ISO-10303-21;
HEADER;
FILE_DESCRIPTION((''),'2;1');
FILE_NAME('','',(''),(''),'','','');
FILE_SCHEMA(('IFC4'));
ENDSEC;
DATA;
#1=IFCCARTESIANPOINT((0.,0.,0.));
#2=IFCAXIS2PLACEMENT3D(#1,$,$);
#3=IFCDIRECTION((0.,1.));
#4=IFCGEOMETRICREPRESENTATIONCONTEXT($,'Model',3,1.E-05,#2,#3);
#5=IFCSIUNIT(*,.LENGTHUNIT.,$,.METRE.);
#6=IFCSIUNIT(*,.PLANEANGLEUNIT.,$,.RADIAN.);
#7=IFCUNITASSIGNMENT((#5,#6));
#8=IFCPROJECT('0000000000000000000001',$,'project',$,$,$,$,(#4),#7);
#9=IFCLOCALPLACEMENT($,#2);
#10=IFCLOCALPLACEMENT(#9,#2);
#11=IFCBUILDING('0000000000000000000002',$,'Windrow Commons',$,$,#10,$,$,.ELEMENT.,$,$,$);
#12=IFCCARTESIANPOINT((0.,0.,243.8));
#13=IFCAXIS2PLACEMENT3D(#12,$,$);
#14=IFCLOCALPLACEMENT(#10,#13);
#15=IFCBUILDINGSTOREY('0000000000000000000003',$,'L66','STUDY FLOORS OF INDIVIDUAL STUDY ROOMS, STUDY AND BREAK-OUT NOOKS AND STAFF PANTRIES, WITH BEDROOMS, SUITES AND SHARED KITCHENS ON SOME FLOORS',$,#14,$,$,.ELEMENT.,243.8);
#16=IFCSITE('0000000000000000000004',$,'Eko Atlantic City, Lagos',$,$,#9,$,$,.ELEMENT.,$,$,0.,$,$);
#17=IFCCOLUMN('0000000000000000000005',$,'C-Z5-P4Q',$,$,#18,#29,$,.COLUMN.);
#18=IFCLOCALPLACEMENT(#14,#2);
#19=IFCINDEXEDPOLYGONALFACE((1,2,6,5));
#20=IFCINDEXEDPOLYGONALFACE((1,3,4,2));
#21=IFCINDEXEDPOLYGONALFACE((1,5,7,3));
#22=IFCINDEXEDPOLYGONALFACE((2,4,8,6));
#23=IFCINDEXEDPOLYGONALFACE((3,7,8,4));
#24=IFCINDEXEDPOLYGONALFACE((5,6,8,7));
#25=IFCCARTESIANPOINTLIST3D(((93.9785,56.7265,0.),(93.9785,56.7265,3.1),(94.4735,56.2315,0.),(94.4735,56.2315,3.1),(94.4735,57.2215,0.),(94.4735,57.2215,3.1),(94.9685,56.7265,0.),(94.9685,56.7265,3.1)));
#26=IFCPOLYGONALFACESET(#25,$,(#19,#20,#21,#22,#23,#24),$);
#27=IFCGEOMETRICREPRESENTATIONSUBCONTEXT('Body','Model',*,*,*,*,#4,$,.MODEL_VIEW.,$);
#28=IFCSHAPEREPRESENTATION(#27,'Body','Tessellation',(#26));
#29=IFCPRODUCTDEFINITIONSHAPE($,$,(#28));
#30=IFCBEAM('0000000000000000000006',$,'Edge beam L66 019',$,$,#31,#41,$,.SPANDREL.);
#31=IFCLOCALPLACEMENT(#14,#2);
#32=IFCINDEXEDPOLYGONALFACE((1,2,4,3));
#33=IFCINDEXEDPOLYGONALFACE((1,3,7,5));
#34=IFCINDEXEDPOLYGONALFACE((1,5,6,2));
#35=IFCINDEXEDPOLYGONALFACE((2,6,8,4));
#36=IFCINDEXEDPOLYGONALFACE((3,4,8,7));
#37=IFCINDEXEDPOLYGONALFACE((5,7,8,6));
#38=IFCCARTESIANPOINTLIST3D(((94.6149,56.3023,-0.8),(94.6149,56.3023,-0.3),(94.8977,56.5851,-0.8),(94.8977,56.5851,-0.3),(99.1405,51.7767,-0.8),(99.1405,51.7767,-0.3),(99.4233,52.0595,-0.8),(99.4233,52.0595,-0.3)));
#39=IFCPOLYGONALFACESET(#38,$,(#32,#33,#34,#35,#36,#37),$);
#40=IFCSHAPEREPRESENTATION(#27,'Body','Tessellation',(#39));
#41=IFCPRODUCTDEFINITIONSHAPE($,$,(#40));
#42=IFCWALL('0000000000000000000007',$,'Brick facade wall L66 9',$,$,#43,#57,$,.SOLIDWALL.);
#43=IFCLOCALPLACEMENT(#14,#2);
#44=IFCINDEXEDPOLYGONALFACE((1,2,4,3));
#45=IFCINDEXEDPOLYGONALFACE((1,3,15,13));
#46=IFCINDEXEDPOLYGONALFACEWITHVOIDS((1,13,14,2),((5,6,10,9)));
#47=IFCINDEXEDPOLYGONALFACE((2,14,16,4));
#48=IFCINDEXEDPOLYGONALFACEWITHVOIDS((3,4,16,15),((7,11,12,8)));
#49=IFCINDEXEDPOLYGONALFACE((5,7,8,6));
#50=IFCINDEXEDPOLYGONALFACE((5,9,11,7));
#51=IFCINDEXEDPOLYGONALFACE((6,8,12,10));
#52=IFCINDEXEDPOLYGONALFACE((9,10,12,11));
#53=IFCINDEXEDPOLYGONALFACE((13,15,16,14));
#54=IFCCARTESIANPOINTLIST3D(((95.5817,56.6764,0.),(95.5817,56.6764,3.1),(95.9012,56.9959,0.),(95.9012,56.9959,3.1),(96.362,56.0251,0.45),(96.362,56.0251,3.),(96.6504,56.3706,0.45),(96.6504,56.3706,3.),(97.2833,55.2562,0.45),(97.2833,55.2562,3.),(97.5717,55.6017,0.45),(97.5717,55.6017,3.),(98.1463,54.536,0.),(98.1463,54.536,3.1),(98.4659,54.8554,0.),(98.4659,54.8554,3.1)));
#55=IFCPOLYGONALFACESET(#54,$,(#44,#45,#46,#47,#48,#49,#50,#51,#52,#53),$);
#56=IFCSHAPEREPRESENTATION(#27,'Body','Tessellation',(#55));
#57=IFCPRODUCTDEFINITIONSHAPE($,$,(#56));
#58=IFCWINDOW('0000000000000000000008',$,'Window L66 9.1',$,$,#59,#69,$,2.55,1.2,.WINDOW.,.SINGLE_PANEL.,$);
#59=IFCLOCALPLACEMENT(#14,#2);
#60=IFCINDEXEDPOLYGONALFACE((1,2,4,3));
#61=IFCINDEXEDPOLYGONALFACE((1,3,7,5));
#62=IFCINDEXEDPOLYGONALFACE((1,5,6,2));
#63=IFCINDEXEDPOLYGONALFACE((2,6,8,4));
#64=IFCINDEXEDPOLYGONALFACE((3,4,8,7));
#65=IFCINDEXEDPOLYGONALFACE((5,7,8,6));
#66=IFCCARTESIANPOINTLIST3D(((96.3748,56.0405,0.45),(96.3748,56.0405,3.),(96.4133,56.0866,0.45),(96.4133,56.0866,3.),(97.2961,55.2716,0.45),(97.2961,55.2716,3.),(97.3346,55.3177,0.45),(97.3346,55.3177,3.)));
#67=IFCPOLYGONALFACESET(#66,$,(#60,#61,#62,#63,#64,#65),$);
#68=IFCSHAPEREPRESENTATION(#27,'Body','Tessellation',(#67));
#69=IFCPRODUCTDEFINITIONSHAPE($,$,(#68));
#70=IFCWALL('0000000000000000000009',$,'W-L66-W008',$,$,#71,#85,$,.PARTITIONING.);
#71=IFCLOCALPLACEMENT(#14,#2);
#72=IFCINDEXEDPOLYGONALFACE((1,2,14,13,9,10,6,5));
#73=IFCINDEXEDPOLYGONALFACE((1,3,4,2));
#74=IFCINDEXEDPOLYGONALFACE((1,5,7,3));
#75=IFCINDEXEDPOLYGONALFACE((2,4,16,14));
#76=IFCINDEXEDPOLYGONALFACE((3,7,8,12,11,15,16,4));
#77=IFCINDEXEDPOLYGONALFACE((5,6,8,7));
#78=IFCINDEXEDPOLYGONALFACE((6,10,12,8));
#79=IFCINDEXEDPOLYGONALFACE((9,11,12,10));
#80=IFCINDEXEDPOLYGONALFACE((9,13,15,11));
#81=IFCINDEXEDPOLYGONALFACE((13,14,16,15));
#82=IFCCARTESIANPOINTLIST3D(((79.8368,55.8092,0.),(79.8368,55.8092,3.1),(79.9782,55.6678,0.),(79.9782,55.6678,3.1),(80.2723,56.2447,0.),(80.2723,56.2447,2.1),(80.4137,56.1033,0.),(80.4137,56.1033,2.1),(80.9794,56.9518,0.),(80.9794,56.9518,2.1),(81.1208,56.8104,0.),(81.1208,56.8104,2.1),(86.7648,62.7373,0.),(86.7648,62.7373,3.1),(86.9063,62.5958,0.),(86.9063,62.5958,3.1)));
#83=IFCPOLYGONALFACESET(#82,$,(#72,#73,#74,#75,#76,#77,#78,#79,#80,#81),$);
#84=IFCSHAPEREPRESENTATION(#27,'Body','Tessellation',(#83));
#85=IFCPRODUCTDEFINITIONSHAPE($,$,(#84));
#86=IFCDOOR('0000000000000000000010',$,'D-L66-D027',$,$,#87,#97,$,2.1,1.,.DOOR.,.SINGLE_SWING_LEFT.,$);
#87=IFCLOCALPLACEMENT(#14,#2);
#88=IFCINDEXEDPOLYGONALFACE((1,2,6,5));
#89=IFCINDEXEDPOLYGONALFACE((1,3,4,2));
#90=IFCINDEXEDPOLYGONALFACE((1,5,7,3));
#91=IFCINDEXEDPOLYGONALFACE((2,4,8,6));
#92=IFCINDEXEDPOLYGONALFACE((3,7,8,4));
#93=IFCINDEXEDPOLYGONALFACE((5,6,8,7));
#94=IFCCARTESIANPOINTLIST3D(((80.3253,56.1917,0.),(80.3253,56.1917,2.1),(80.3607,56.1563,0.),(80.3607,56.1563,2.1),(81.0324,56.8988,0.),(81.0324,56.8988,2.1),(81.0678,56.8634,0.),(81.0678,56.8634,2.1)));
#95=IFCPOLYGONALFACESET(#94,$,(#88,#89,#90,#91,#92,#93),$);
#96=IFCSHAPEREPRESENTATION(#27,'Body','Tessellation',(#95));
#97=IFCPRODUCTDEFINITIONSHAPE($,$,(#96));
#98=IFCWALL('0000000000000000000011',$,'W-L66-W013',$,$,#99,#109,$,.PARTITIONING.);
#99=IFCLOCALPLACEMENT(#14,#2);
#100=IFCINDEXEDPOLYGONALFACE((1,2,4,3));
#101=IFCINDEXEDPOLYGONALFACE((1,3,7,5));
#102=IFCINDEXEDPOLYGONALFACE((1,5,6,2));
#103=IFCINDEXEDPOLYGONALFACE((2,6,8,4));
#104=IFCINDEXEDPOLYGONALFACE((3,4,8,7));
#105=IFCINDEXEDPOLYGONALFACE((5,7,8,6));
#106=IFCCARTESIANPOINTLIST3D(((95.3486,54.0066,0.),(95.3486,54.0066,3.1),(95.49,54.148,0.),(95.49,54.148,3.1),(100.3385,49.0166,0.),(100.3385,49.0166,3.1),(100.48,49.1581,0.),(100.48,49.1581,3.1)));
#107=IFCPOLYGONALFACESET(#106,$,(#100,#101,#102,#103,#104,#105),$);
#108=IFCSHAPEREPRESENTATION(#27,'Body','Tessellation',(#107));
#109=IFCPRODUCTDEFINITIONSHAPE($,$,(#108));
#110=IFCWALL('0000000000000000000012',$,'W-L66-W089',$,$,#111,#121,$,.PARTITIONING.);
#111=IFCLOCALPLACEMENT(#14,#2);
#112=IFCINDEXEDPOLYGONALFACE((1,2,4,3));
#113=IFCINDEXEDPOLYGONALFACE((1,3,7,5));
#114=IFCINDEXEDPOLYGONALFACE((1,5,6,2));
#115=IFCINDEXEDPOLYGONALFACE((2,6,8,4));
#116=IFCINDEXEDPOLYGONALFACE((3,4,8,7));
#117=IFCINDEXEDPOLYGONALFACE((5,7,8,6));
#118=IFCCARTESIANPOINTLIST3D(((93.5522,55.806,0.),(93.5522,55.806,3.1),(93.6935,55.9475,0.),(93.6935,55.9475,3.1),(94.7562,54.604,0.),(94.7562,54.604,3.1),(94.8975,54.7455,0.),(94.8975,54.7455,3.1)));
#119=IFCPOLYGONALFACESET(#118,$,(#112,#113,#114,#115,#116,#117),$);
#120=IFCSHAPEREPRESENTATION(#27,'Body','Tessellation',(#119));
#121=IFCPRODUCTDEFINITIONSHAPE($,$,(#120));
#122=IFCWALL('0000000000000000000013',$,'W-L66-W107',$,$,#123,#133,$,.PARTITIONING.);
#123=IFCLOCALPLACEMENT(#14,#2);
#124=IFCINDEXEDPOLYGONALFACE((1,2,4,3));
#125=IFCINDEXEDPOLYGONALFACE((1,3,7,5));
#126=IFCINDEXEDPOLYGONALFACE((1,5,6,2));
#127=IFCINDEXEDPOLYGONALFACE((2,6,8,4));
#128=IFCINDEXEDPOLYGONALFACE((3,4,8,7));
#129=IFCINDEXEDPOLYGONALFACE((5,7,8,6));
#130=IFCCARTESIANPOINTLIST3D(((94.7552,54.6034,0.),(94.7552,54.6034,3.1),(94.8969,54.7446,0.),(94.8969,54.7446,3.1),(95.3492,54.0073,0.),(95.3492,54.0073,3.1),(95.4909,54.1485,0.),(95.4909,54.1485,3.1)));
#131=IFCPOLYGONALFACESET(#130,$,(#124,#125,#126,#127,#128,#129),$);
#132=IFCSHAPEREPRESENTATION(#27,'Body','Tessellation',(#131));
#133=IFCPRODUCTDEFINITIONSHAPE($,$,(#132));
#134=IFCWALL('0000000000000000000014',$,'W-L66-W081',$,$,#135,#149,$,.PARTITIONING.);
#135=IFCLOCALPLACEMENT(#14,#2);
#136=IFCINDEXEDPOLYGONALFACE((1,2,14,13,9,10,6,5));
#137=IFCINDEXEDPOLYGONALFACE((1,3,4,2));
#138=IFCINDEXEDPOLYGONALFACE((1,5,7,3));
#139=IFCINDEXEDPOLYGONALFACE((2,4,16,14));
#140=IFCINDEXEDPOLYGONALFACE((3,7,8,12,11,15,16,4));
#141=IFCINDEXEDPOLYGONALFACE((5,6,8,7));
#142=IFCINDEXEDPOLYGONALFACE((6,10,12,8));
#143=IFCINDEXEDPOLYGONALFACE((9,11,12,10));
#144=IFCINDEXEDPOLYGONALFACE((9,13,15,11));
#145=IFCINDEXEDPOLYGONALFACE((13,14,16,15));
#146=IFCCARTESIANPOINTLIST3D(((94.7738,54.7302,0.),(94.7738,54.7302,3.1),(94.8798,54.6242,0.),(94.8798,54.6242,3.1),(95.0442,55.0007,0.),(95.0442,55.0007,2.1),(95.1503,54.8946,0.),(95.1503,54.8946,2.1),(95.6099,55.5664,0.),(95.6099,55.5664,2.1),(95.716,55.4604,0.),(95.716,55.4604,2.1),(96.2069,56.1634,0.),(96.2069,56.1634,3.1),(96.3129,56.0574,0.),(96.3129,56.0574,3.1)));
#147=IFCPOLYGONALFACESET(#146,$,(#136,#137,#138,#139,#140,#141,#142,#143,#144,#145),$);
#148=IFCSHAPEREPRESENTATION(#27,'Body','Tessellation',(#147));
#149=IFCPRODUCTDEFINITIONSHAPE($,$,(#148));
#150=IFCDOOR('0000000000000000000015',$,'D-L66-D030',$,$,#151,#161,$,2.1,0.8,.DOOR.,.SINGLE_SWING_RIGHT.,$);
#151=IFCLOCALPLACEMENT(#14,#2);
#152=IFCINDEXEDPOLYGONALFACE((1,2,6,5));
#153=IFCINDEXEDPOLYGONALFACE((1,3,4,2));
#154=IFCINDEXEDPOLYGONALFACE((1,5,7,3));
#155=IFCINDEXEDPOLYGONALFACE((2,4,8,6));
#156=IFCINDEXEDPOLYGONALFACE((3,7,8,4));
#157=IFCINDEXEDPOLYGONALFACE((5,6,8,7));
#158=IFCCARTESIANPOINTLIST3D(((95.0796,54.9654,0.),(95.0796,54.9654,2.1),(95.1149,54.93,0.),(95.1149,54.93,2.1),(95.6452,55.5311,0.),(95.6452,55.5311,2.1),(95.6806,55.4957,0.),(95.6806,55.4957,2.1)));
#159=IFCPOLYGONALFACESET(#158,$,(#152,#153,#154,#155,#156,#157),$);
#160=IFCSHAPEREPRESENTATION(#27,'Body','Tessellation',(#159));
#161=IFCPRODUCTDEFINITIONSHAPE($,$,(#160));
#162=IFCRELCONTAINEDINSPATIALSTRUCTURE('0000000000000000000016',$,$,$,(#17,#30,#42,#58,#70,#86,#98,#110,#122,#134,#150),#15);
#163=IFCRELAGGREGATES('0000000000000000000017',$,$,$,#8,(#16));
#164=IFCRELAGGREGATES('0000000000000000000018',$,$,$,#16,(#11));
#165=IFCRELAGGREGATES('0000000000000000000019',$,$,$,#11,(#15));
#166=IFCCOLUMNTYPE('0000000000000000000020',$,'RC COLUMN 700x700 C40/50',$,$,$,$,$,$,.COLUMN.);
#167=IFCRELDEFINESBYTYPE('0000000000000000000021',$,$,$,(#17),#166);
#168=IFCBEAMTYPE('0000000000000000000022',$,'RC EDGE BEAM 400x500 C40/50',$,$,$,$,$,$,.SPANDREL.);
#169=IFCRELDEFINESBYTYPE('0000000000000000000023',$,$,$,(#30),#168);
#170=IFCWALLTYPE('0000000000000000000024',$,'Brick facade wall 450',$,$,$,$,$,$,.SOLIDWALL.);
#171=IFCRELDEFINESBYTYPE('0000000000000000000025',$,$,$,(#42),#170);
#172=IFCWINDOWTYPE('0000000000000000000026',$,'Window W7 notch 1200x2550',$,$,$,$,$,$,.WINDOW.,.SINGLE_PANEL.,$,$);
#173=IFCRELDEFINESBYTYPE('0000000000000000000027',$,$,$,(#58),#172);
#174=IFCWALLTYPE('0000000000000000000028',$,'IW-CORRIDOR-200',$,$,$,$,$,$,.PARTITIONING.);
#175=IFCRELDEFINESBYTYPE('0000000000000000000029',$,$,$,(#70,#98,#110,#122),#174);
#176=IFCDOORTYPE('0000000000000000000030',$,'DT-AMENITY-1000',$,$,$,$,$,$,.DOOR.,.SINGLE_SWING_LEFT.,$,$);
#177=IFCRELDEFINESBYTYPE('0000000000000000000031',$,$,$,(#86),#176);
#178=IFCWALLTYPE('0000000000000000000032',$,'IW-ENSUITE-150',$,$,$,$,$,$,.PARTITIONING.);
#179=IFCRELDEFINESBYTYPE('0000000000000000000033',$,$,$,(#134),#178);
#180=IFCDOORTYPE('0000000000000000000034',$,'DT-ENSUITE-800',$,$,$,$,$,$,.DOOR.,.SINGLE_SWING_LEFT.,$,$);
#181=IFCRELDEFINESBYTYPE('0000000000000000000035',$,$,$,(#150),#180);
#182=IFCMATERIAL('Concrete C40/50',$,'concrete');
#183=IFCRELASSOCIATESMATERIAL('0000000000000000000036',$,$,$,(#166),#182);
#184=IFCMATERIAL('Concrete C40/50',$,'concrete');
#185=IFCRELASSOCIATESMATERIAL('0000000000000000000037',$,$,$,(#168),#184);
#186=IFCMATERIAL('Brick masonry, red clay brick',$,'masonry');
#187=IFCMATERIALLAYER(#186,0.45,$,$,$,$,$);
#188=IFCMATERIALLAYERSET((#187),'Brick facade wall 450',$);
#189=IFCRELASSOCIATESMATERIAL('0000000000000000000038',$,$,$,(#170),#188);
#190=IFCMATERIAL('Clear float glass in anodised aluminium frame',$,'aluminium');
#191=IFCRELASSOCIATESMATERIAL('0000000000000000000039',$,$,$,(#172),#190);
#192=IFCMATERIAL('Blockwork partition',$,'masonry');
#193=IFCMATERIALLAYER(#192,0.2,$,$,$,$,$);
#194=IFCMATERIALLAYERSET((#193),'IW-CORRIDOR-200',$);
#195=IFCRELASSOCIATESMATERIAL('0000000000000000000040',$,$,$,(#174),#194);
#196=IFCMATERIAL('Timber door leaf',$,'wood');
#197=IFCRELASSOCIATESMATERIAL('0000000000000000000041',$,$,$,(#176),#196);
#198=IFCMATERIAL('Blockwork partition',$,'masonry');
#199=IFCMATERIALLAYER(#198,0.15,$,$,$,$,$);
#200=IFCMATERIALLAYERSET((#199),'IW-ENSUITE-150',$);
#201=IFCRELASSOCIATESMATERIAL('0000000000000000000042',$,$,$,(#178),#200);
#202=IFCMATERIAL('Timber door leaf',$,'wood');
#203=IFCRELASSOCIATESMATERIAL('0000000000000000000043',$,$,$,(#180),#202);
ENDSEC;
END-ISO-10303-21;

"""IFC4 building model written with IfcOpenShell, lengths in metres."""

from ifc_helpers import new_model, si_unit, direction, frame, frame_2d, origin, origin_2d, place, context, subcontext, project, spatial, polyline, rectangle, outline, extrude, material, layer, layer_set, material_profile, profile_set, type_object, element, fill, save


model = new_model("IFC4")

# Units and contexts
model_context = context("Model", 3, precision=1e-05, world=origin(), true_north=direction((0.0, 1.0)))
body_context = subcontext(model_context, "Body", "Model", "MODEL_VIEW")
ifc_project = project(units=[si_unit("LENGTHUNIT", "METRE"), si_unit("PLANEANGLEUNIT", "RADIAN")], contexts=[model_context])

# Site, building, storey
site_placement = place(None, origin())
site = spatial("IfcSite", under=ifc_project, at=site_placement, Name="Eko Atlantic City, Lagos", CompositionType="ELEMENT", RefElevation=0.0)
building_placement = place(site_placement, origin())
building = spatial("IfcBuilding", under=site, at=building_placement, Name="Windrow Commons", CompositionType="ELEMENT")
storey_placement = place(building_placement, frame((0.0, 0.0, 243.8)))
storey = spatial("IfcBuildingStorey", under=building, at=storey_placement, Name="L66", Description="STUDY FLOORS OF INDIVIDUAL STUDY ROOMS, STUDY AND BREAK-OUT NOOKS AND STAFF PANTRIES, WITH BEDROOMS, SUITES AND SHARED KITCHENS ON SOME FLOORS", CompositionType="ELEMENT", Elevation=243.8)

# Column
ifc_material_1 = material(Name="Concrete C40/50", Category="concrete")
ifc_material_profile_1 = material_profile(ifc_material_1, rectangle(XDim=0.7, YDim=0.7, at=origin_2d()))
ifc_profile_set_1 = profile_set([ifc_material_profile_1], Name="Concrete C40/50")
column_type = type_object("IfcColumnType", Name="RC COLUMN 700x700 C40/50", PredefinedType="COLUMN", material=ifc_profile_set_1)
column_placement = place(storey_placement, frame((94.4735, 56.7265, 0.0), z_axis=(0.0, 0.0, 1.0), x_axis=(0.707107, -0.707107, 0.0)))
element("IfcColumn", 1, at=column_placement, inside=storey, type_object=column_type, Name="C-Z5-P4Q", PredefinedType="COLUMN", context=body_context, shape_type="SweptSolid", body=[
    extrude(rectangle(XDim=0.7, YDim=0.7, at=origin_2d()), origin(), (0.0, 0.0, 1.0), 3.1),
])

# Beam
ifc_material_2 = material(Name="Concrete C40/50", Category="concrete")
ifc_material_profile_2 = material_profile(ifc_material_2, rectangle(XDim=0.4, YDim=0.5, at=origin_2d()))
ifc_profile_set_2 = profile_set([ifc_material_profile_2], Name="Concrete C40/50")
beam_type = type_object("IfcBeamType", Name="RC EDGE BEAM 400x500 C40/50", PredefinedType="SPANDREL", material=ifc_profile_set_2)
beam_placement = place(storey_placement, frame((94.7563, 56.4437, -0.55), z_axis=(0.707107, -0.707107, 0.0), x_axis=(0.707107, 0.707107, 0.0)))
element("IfcBeam", 2, at=beam_placement, inside=storey, type_object=beam_type, Name="Edge beam L66 019", PredefinedType="SPANDREL", context=body_context, shape_type="SweptSolid", body=[
    extrude(rectangle(XDim=0.4, YDim=0.5, at=origin_2d()), origin(), (0.0, 0.0, 1.0), 6.4002),
])

# Wall, opening, window
ifc_material_3 = material(Name="Brick masonry, red clay brick", Category="masonry")
ifc_layer_1 = layer(ifc_material_3, 0.45)
ifc_layer_set_1 = layer_set([ifc_layer_1], Name="Brick facade wall 450")
wall_type_1 = type_object("IfcWallType", Name="Brick facade wall 450", PredefinedType="SOLIDWALL", material=ifc_layer_set_1)
wall_1_placement = place(storey_placement, frame((98.3061, 54.6957, 0.0), z_axis=(0.0, 0.0, 1.0), x_axis=(-0.767745, 0.640755, 0.0)))
wall_1 = element("IfcWall", 3, at=wall_1_placement, inside=storey, type_object=wall_type_1, Name="Brick facade wall L66 9", PredefinedType="SOLIDWALL", context=body_context, shape_type="SweptSolid", body=[
    extrude(outline(polyline([(-0.0203, -0.225), (3.3202, -0.225), (3.3608, 0.225), (0.0203, 0.225), (-0.0203, -0.225)])), origin(), (0.0, 0.0, 1.0), 3.1),
])
opening_1_placement = place(wall_1_placement, frame((1.1444, 0.0, 0.45)))
opening_1 = element("IfcOpeningElement", 4, at=opening_1_placement, cuts=wall_1, PredefinedType="OPENING", context=body_context, shape_type="SweptSolid", body=[
    extrude(rectangle(XDim=1.2, YDim=2.55, at=frame_2d((0.6, 1.275))), frame((0.0, 0.235, 0.0), z_axis=(0.0, -1.0, 0.0), x_axis=(1.0, 0.0, 0.0)), (0.0, 0.0, 1.0), 0.47),
])
ifc_material_4 = material(Name="Clear float glass in anodised aluminium frame", Category="aluminium")
window_type = type_object("IfcWindowType", Name="Window W7 notch 1200x2550", PartitioningType="SINGLE_PANEL", PredefinedType="WINDOW", material=ifc_material_4)
window_placement = place(opening_1_placement, origin())
window = element("IfcWindow", 5, at=window_placement, inside=storey, type_object=window_type, Name="Window L66 9.1", OverallHeight=2.55, OverallWidth=1.2, PartitioningType="SINGLE_PANEL", PredefinedType="WINDOW", context=body_context, shape_type="SweptSolid", body=[
    extrude(rectangle(XDim=1.2, YDim=2.55, at=frame_2d((0.6, 1.275))), frame((0.0, 0.205, 0.0), z_axis=(0.0, -1.0, 0.0), x_axis=(1.0, 0.0, 0.0)), (0.0, 0.0, 1.0), 0.06),
])
fill(opening_1, window)

# Wall, opening, door
ifc_material_5 = material(Name="Blockwork partition", Category="masonry")
ifc_layer_2 = layer(ifc_material_5, 0.2)
ifc_layer_set_2 = layer_set([ifc_layer_2], Name="IW-CORRIDOR-200")
wall_type_2 = type_object("IfcWallType", Name="IW-CORRIDOR-200", PredefinedType="PARTITIONING", material=ifc_layer_set_2)
wall_2_placement = place(storey_placement, frame((79.9075, 55.7385, 0.0), z_axis=(0.0, 0.0, 1.0), x_axis=(0.707107, 0.707107, 0.0)))
wall_2 = element("IfcWall", 6, at=wall_2_placement, inside=storey, type_object=wall_type_2, Name="W-L66-W008", PredefinedType="PARTITIONING", context=body_context, shape_type="SweptSolid", body=[
    extrude(rectangle(XDim=9.7977, YDim=0.2, at=frame_2d((4.8989, 0.0))), origin(), (0.0, 0.0, 1.0), 3.1),
])
opening_2_placement = place(wall_2_placement, frame((0.6159, 0.0, 0.0)))
opening_2 = element("IfcOpeningElement", 7, at=opening_2_placement, cuts=wall_2, PredefinedType="OPENING", context=body_context, shape_type="SweptSolid", body=[
    extrude(rectangle(XDim=1.0, YDim=2.1, at=frame_2d((0.5, 1.05))), frame((0.0, 0.11, 0.0), z_axis=(0.0, -1.0, 0.0), x_axis=(1.0, 0.0, 0.0)), (0.0, 0.0, 1.0), 0.22),
])
ifc_material_6 = material(Name="Timber door leaf", Category="wood")
door_type_1 = type_object("IfcDoorType", Name="DT-AMENITY-1000", OperationType="SINGLE_SWING_LEFT", PredefinedType="DOOR", material=ifc_material_6)
door_1_placement = place(opening_2_placement, origin())
door_1 = element("IfcDoor", 8, at=door_1_placement, inside=storey, type_object=door_type_1, Name="D-L66-D027", OperationType="SINGLE_SWING_LEFT", OverallHeight=2.1, OverallWidth=1.0, PredefinedType="DOOR", context=body_context, shape_type="SweptSolid", body=[
    extrude(rectangle(XDim=1.0, YDim=2.1, at=frame_2d((0.5, 1.05))), frame((0.0, 0.025, 0.0), z_axis=(0.0, -1.0, 0.0), x_axis=(1.0, 0.0, 0.0)), (0.0, 0.0, 1.0), 0.05),
])
fill(opening_2, door_1)

# Walls
wall_3_placement = place(storey_placement, frame((95.4193, 54.0773, 0.0), z_axis=(0.0, 0.0, 1.0), x_axis=(0.707107, -0.707107, 0.0)))
element("IfcWall", 9, at=wall_3_placement, inside=storey, type_object=wall_type_2, Name="W-L66-W013", PredefinedType="PARTITIONING", context=body_context, shape_type="SweptSolid", body=[
    extrude(rectangle(XDim=7.0569, YDim=0.2, at=frame_2d((3.5284, 0.0))), origin(), (0.0, 0.0, 1.0), 3.1),
])
wall_4_placement = place(storey_placement, frame((93.6228, 55.8768, 0.0), z_axis=(0.0, 0.0, 1.0), x_axis=(0.707694, -0.706519, 0.0)))
element("IfcWall", 10, at=wall_4_placement, inside=storey, type_object=wall_type_2, Name="W-L66-W089", PredefinedType="PARTITIONING", context=body_context, shape_type="SweptSolid", body=[
    extrude(rectangle(XDim=1.7013, YDim=0.2, at=frame_2d((0.8507, 0.0))), origin(), (0.0, 0.0, 1.0), 3.1),
])
wall_5_placement = place(storey_placement, frame((94.826, 54.674, 0.0), z_axis=(0.0, 0.0, 1.0), x_axis=(0.705917, -0.708294, 0.0)))
element("IfcWall", 11, at=wall_5_placement, inside=storey, type_object=wall_type_2, Name="W-L66-W107", PredefinedType="PARTITIONING", context=body_context, shape_type="SweptSolid", body=[
    extrude(rectangle(XDim=0.8415, YDim=0.2, at=frame_2d((0.4208, 0.0))), origin(), (0.0, 0.0, 1.0), 3.1),
])

# Wall, opening, door
ifc_material_7 = material(Name="Blockwork partition", Category="masonry")
ifc_layer_3 = layer(ifc_material_7, 0.15)
ifc_layer_set_3 = layer_set([ifc_layer_3], Name="IW-ENSUITE-150")
wall_type_3 = type_object("IfcWallType", Name="IW-ENSUITE-150", PredefinedType="PARTITIONING", material=ifc_layer_set_3)
wall_6_placement = place(storey_placement, frame((94.8268, 54.6772, 0.0), z_axis=(0.0, 0.0, 1.0), x_axis=(0.707082, 0.707131, 0.0)))
wall_6 = element("IfcWall", 12, at=wall_6_placement, inside=storey, type_object=wall_type_3, Name="W-L66-W081", PredefinedType="PARTITIONING", context=body_context, shape_type="SweptSolid", body=[
    extrude(rectangle(XDim=2.0268, YDim=0.15, at=frame_2d((1.0134, 0.0))), origin(), (0.0, 0.0, 1.0), 3.1),
])
opening_3_placement = place(wall_6_placement, frame((0.3825, 0.0, 0.0)))
opening_3 = element("IfcOpeningElement", 13, at=opening_3_placement, cuts=wall_6, PredefinedType="OPENING", context=body_context, shape_type="SweptSolid", body=[
    extrude(rectangle(XDim=0.8, YDim=2.1, at=frame_2d((0.4, 1.05))), frame((0.0, 0.085, 0.0), z_axis=(0.0, -1.0, 0.0), x_axis=(1.0, 0.0, 0.0)), (0.0, 0.0, 1.0), 0.17),
])
ifc_material_8 = material(Name="Timber door leaf", Category="wood")
door_type_2 = type_object("IfcDoorType", Name="DT-ENSUITE-800", OperationType="SINGLE_SWING_LEFT", PredefinedType="DOOR", material=ifc_material_8)
door_2_placement = place(opening_3_placement, origin())
door_2 = element("IfcDoor", 14, at=door_2_placement, inside=storey, type_object=door_type_2, Name="D-L66-D030", OperationType="SINGLE_SWING_RIGHT", OverallHeight=2.1, OverallWidth=0.8, PredefinedType="DOOR", context=body_context, shape_type="SweptSolid", body=[
    extrude(rectangle(XDim=0.8, YDim=2.1, at=frame_2d((0.4, 1.05))), frame((0.0, 0.025, 0.0), z_axis=(0.0, -1.0, 0.0), x_axis=(1.0, 0.0, 0.0)), (0.0, 0.0, 1.0), 0.05),
])
fill(opening_3, door_2)

save(model, "model.ifc")
